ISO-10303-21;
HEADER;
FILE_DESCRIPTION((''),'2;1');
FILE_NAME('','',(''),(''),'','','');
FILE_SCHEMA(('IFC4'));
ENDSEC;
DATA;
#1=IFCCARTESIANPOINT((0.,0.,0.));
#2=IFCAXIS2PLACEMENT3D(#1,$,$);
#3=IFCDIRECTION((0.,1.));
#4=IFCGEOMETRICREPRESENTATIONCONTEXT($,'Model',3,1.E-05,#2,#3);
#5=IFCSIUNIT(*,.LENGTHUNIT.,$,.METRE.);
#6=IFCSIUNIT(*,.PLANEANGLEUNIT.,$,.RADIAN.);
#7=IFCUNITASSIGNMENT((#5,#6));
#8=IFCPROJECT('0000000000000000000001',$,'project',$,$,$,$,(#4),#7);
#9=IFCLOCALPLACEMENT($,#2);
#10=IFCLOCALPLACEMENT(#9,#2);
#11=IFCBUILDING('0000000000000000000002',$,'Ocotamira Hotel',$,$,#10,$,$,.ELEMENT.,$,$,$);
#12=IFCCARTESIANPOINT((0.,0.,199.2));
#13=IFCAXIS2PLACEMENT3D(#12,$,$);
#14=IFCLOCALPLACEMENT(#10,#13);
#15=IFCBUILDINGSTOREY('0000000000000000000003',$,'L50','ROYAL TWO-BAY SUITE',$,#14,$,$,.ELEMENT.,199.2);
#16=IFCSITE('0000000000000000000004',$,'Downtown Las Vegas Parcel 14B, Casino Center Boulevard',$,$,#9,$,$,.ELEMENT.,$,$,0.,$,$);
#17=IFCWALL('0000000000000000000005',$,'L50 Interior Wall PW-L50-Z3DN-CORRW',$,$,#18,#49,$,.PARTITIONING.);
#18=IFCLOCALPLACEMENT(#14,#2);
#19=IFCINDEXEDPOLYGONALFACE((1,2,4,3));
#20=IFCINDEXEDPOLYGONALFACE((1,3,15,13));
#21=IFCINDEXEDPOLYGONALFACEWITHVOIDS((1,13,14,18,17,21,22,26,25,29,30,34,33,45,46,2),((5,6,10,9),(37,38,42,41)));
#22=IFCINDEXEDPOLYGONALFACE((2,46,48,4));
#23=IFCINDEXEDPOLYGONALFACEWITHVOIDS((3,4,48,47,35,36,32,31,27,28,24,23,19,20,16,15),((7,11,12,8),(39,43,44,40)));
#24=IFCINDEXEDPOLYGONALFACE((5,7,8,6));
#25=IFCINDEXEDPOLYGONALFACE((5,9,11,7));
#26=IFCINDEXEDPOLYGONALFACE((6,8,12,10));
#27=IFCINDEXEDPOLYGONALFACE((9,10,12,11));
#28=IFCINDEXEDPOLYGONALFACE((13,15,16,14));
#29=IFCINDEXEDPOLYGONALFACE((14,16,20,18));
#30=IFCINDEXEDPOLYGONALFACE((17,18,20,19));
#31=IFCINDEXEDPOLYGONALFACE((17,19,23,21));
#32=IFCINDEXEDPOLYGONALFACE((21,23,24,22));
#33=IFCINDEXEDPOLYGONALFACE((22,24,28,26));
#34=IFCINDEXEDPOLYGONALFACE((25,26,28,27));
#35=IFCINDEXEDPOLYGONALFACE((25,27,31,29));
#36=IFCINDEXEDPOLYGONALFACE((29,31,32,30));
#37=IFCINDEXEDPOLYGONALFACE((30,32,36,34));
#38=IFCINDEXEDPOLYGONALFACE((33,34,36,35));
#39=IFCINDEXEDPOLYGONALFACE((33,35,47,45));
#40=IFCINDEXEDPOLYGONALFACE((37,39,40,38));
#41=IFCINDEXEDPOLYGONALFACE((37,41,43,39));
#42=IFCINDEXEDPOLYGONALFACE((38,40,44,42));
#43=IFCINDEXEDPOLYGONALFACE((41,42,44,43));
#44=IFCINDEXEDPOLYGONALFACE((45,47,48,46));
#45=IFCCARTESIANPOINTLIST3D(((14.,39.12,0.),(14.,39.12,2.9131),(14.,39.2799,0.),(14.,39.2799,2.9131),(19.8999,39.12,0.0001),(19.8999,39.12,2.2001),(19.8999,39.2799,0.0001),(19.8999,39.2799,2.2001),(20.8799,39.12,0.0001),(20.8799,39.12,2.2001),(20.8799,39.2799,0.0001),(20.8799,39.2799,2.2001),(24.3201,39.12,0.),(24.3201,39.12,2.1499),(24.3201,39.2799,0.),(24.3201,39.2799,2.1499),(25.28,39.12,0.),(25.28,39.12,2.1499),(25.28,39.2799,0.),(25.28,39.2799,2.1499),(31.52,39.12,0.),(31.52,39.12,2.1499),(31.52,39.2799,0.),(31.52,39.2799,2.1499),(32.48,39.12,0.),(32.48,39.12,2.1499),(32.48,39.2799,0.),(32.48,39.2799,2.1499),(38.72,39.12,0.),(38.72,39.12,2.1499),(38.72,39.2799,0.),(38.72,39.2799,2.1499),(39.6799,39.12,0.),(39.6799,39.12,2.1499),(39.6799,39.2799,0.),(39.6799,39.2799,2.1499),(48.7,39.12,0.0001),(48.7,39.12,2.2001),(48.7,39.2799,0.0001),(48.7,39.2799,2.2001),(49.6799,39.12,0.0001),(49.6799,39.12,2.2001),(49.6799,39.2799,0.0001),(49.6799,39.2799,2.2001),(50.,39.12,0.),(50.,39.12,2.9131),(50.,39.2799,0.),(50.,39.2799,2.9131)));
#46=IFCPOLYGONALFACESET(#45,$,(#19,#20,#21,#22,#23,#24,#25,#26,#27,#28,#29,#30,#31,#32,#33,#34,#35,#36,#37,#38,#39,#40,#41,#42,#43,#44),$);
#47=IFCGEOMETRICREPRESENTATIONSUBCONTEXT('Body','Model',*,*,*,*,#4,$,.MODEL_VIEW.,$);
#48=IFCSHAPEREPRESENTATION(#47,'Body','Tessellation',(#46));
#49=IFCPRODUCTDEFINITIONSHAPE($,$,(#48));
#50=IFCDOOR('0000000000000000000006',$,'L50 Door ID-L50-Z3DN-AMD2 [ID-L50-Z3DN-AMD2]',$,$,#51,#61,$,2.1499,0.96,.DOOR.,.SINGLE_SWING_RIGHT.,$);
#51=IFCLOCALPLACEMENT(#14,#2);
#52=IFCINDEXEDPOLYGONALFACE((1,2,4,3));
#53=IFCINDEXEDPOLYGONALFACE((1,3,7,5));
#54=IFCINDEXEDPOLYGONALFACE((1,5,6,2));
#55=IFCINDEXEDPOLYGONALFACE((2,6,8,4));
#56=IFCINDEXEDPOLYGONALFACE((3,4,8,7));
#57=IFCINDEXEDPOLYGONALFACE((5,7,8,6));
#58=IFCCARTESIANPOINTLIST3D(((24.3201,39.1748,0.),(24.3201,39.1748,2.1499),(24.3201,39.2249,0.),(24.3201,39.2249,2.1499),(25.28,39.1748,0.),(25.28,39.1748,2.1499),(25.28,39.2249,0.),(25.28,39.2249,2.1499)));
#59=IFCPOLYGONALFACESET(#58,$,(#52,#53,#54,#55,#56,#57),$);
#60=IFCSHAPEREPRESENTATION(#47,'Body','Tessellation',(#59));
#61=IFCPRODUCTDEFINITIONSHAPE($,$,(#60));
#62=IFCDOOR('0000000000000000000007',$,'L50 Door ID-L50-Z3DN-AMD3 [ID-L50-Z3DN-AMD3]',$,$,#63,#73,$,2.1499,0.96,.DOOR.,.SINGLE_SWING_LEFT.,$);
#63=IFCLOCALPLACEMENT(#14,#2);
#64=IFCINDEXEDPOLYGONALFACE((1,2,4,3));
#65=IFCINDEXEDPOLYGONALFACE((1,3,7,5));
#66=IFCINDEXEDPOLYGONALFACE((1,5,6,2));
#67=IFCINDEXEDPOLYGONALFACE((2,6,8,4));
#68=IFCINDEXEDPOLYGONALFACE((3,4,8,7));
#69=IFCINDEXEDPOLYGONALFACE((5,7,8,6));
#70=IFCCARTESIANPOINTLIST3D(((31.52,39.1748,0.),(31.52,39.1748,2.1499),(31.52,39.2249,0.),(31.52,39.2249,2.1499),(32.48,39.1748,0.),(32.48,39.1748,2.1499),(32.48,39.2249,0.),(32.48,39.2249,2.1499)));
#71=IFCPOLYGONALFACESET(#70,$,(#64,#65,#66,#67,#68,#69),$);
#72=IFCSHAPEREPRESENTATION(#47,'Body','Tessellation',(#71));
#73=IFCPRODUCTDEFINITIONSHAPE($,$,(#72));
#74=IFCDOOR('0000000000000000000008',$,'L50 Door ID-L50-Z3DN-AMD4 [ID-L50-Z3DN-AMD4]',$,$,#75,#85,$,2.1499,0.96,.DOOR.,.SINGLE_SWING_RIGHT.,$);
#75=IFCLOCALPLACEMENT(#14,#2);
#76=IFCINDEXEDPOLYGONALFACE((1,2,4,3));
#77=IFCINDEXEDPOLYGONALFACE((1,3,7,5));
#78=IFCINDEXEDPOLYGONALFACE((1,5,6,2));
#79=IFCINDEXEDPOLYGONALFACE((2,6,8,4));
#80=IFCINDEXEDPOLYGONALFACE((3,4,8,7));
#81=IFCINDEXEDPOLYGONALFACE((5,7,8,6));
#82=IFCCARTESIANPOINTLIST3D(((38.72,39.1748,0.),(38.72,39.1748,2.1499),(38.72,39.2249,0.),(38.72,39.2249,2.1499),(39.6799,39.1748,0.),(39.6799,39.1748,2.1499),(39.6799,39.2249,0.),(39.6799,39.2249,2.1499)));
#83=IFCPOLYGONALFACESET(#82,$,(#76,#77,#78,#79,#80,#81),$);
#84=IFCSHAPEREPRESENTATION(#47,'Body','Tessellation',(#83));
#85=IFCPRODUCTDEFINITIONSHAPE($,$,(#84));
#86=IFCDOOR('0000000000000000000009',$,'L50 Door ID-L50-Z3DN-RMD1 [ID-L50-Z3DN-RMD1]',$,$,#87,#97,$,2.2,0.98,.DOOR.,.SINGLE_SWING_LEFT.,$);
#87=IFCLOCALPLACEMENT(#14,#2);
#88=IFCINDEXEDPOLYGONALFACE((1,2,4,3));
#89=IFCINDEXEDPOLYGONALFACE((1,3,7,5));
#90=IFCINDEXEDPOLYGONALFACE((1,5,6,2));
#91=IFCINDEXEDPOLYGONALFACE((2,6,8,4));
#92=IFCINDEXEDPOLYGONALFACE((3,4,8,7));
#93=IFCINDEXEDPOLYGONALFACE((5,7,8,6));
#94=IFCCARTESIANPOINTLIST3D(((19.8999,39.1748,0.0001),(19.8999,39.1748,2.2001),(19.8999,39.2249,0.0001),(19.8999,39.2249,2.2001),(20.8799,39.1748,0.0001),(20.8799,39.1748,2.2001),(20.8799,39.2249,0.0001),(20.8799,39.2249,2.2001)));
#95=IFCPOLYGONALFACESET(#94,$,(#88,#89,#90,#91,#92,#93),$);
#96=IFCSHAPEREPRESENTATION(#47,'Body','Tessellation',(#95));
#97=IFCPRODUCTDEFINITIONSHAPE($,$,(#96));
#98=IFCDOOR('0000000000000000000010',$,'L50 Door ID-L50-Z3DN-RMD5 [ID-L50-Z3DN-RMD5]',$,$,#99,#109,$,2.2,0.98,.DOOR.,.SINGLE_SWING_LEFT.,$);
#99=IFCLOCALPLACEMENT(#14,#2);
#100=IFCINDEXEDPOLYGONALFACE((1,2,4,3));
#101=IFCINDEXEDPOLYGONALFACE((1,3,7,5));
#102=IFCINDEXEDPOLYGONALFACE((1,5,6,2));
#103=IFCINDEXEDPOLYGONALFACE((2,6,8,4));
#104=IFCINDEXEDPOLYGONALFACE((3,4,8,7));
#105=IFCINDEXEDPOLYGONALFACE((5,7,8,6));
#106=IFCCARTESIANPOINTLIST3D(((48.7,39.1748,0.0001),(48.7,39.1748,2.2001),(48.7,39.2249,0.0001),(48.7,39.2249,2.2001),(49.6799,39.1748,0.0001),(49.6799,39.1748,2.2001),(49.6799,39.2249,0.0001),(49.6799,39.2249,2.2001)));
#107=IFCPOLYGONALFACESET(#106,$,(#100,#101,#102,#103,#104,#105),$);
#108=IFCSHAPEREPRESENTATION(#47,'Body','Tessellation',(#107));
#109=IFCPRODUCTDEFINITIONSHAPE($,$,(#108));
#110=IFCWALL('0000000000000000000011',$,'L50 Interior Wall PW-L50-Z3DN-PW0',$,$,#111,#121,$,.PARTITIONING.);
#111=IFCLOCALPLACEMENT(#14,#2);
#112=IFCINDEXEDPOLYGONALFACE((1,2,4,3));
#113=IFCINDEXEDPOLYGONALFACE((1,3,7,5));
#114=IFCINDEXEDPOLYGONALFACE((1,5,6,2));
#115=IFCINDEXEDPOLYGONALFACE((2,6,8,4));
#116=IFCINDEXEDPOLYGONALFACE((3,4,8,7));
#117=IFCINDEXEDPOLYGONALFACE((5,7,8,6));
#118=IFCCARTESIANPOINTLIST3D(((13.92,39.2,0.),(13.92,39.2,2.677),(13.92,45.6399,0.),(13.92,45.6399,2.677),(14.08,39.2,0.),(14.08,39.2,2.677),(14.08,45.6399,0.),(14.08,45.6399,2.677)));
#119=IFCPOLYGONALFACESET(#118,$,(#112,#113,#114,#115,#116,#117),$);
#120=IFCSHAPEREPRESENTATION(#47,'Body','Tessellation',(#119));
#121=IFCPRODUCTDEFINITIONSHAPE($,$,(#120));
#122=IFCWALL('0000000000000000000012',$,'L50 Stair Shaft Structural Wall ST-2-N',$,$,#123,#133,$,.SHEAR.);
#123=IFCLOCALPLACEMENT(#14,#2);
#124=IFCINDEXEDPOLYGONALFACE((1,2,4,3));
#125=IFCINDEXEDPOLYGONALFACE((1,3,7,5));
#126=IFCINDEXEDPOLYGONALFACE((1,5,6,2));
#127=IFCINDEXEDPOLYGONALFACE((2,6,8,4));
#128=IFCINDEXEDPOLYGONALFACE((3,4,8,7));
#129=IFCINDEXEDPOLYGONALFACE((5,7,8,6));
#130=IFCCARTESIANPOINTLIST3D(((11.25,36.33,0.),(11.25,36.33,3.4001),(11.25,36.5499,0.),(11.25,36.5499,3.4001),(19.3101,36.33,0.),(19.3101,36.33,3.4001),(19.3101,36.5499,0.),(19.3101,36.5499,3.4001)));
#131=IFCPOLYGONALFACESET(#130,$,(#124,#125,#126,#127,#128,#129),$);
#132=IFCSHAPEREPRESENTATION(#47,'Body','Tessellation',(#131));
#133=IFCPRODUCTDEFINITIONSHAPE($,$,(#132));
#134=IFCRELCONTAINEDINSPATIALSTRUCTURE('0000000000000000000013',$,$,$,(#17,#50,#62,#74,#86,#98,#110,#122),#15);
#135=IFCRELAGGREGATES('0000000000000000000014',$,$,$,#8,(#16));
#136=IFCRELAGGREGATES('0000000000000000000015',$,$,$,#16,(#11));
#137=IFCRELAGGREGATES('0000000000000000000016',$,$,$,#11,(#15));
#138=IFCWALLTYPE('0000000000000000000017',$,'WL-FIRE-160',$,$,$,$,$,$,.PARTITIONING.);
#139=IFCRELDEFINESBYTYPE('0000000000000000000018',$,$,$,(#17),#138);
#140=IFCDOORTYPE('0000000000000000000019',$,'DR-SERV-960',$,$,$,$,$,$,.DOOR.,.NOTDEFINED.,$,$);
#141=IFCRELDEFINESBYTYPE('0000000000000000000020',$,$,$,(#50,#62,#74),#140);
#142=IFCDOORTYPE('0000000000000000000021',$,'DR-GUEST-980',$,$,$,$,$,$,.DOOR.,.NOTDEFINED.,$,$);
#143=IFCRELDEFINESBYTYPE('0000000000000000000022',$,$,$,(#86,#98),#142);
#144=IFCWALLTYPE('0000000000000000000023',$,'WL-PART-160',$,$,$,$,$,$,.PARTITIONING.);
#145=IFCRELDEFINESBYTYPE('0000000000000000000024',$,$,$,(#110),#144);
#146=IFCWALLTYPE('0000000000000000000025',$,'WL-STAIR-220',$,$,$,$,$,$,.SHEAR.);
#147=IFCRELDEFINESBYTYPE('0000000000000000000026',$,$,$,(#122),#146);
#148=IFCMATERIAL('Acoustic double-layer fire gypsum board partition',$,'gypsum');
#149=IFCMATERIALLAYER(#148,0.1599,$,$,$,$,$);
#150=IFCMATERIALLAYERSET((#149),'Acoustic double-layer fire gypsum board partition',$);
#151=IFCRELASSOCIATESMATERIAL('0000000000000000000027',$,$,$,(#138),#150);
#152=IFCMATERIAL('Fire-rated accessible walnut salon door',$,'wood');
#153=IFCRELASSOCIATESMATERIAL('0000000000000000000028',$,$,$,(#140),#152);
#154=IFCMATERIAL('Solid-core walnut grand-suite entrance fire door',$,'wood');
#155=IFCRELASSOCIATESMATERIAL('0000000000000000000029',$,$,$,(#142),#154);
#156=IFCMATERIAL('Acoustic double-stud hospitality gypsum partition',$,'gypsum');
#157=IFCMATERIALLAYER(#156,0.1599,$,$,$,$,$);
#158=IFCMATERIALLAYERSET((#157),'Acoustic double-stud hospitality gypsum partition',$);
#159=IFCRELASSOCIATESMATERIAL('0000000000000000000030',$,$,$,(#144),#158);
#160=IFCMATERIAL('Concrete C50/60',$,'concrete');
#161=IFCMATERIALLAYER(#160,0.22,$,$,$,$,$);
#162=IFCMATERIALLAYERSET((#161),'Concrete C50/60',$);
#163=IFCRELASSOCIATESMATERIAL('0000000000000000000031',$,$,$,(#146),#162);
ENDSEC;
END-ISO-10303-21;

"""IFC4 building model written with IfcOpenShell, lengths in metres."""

from ifc_helpers import new_model, si_unit, direction, frame, frame_2d, origin, place, context, subcontext, project, spatial, rectangle, extrude, source, transform, mapped, material, layer, layer_set, type_object, element, fill, save


model = new_model("IFC4")

# Units and contexts
model_context = context("Model", 3, precision=1e-05, world=origin(), true_north=direction((0.0, 1.0)))
body_context = subcontext(model_context, "Body", "Model", "MODEL_VIEW")
ifc_project = project(units=[si_unit("LENGTHUNIT", "METRE"), si_unit("PLANEANGLEUNIT", "RADIAN")], contexts=[model_context])

# Site, building, storey
site_placement = place(None, origin())
site = spatial("IfcSite", under=ifc_project, at=site_placement, Name="Downtown Las Vegas Parcel 14B, Casino Center Boulevard", CompositionType="ELEMENT", RefElevation=0.0)
building_placement = place(site_placement, origin())
building = spatial("IfcBuilding", under=site, at=building_placement, Name="Ocotamira Hotel", CompositionType="ELEMENT")
storey_placement = place(building_placement, frame((0.0, 0.0, 199.2)))
storey = spatial("IfcBuildingStorey", under=building, at=storey_placement, Name="L50", Description="ROYAL TWO-BAY SUITE", CompositionType="ELEMENT", Elevation=199.2)

# Shared definitions
ifc_material_1 = material(Name="Concrete C50/60", Category="concrete")

# Shared definitions
ifc_material_2 = material(Name="Acoustic double-layer fire gypsum board partition", Category="gypsum")
ifc_layer_1 = layer(ifc_material_2, 0.1599)
ifc_layer_set_1 = layer_set([ifc_layer_1], Name="Acoustic double-layer fire gypsum board partition")
wall_type_1 = type_object("IfcWallType", Name="WL-FIRE-160", PredefinedType="PARTITIONING", material=ifc_layer_set_1)
ifc_material_3 = material(Name="Fire-rated accessible walnut salon door", Category="wood")
door_type_1 = type_object("IfcDoorType", Name="DR-SERV-960", OperationType="NOTDEFINED", PredefinedType="DOOR", material=ifc_material_3)
shared_shape_1 = source(origin(), body_context, "Body", "SweptSolid", [
    extrude(rectangle(XDim=0.96, YDim=2.1499, at=frame_2d((0.48, 1.075))), frame((0.0, 0.0249, 0.0), z_axis=(0.0, -1.0, 0.0), x_axis=(1.0, 0.0, 0.0)), (0.0, 0.0, 1.0), 0.05),
])

# Wall, openings, doors
wall_1_placement = place(storey_placement, frame((14.0, 39.2, 0.0), z_axis=(0.0, 0.0, 1.0), x_axis=(1.0, 0.0, 0.0)))
wall_1 = element("IfcWall", 1, at=wall_1_placement, inside=storey, type_object=wall_type_1, Name="L50 Interior Wall PW-L50-Z3DN-CORRW", PredefinedType="PARTITIONING", context=body_context, shape_type="SweptSolid", body=[
    extrude(rectangle(XDim=36.0, YDim=0.1599, at=frame_2d((18.0, 0.0))), origin(), (0.0, 0.0, 1.0), 2.9131),
])
opening_1_placement = place(wall_1_placement, frame((5.8999, 0.0, 0.0)))
opening_1 = element("IfcOpeningElement", 2, at=opening_1_placement, cuts=wall_1, PredefinedType="OPENING", context=body_context, shape_type="SweptSolid", body=[
    extrude(rectangle(XDim=0.98, YDim=2.2, at=frame_2d((0.49, 1.1001))), frame((0.0, 0.0898, 0.0), z_axis=(0.0, -1.0, 0.0), x_axis=(1.0, 0.0, 0.0)), (0.0, 0.0, 1.0), 0.1799),
])
opening_2_placement = place(wall_1_placement, frame((10.3201, 0.0, 0.0)))
opening_2 = element("IfcOpeningElement", 3, at=opening_2_placement, cuts=wall_1, PredefinedType="OPENING", context=body_context, shape_type="SweptSolid", body=[
    extrude(rectangle(XDim=0.96, YDim=2.1499, at=frame_2d((0.48, 1.075))), frame((0.0, 0.0898, 0.0), z_axis=(0.0, -1.0, 0.0), x_axis=(1.0, 0.0, 0.0)), (0.0, 0.0, 1.0), 0.1799),
])
opening_3_placement = place(wall_1_placement, frame((17.52, 0.0, 0.0)))
opening_3 = element("IfcOpeningElement", 4, at=opening_3_placement, cuts=wall_1, PredefinedType="OPENING", context=body_context, shape_type="SweptSolid", body=[
    extrude(rectangle(XDim=0.96, YDim=2.1499, at=frame_2d((0.48, 1.075))), frame((0.0, 0.0898, 0.0), z_axis=(0.0, -1.0, 0.0), x_axis=(1.0, 0.0, 0.0)), (0.0, 0.0, 1.0), 0.1799),
])
opening_4_placement = place(wall_1_placement, frame((24.72, 0.0, 0.0)))
opening_4 = element("IfcOpeningElement", 5, at=opening_4_placement, cuts=wall_1, PredefinedType="OPENING", context=body_context, shape_type="SweptSolid", body=[
    extrude(rectangle(XDim=0.96, YDim=2.1499, at=frame_2d((0.48, 1.075))), frame((0.0, 0.0898, 0.0), z_axis=(0.0, -1.0, 0.0), x_axis=(1.0, 0.0, 0.0)), (0.0, 0.0, 1.0), 0.1799),
])
opening_5_placement = place(wall_1_placement, frame((34.7, 0.0, 0.0)))
opening_5 = element("IfcOpeningElement", 6, at=opening_5_placement, cuts=wall_1, PredefinedType="OPENING", context=body_context, shape_type="SweptSolid", body=[
    extrude(rectangle(XDim=0.98, YDim=2.2, at=frame_2d((0.49, 1.1001))), frame((0.0, 0.0898, 0.0), z_axis=(0.0, -1.0, 0.0), x_axis=(1.0, 0.0, 0.0)), (0.0, 0.0, 1.0), 0.1799),
])
door_1_placement = place(opening_2_placement, origin())
door_1 = element("IfcDoor", 7, at=door_1_placement, inside=storey, type_object=door_type_1, Name="L50 Door ID-L50-Z3DN-AMD2 [ID-L50-Z3DN-AMD2]", OperationType="SINGLE_SWING_RIGHT", OverallHeight=2.1499, OverallWidth=0.96, PredefinedType="DOOR", context=body_context, shape_type="MappedRepresentation", body=[
    mapped(shared_shape_1, transform((0.0, 0.0, 0.0), scale=1.0)),
])
fill(opening_2, door_1)
door_2_placement = place(opening_3_placement, origin())
door_2 = element("IfcDoor", 8, at=door_2_placement, inside=storey, type_object=door_type_1, Name="L50 Door ID-L50-Z3DN-AMD3 [ID-L50-Z3DN-AMD3]", OperationType="SINGLE_SWING_LEFT", OverallHeight=2.1499, OverallWidth=0.96, PredefinedType="DOOR", context=body_context, shape_type="MappedRepresentation", body=[
    mapped(shared_shape_1, transform((0.0, 0.0, 0.0), scale=1.0)),
])
fill(opening_3, door_2)
door_3_placement = place(opening_4_placement, origin())
door_3 = element("IfcDoor", 9, at=door_3_placement, inside=storey, type_object=door_type_1, Name="L50 Door ID-L50-Z3DN-AMD4 [ID-L50-Z3DN-AMD4]", OperationType="SINGLE_SWING_RIGHT", OverallHeight=2.1499, OverallWidth=0.96, PredefinedType="DOOR", context=body_context, shape_type="MappedRepresentation", body=[
    mapped(shared_shape_1, transform((0.0, 0.0, 0.0), scale=1.0)),
])
fill(opening_4, door_3)
ifc_material_4 = material(Name="Solid-core walnut grand-suite entrance fire door", Category="wood")
door_type_2 = type_object("IfcDoorType", Name="DR-GUEST-980", OperationType="NOTDEFINED", PredefinedType="DOOR", material=ifc_material_4)
shared_shape_2 = source(origin(), body_context, "Body", "SweptSolid", [
    extrude(rectangle(XDim=0.98, YDim=2.2, at=frame_2d((0.49, 1.1001))), frame((0.0, 0.0249, 0.0), z_axis=(0.0, -1.0, 0.0), x_axis=(1.0, 0.0, 0.0)), (0.0, 0.0, 1.0), 0.05),
])
door_4_placement = place(opening_1_placement, origin())
door_4 = element("IfcDoor", 10, at=door_4_placement, inside=storey, type_object=door_type_2, Name="L50 Door ID-L50-Z3DN-RMD1 [ID-L50-Z3DN-RMD1]", OperationType="SINGLE_SWING_LEFT", OverallHeight=2.2, OverallWidth=0.98, PredefinedType="DOOR", context=body_context, shape_type="MappedRepresentation", body=[
    mapped(shared_shape_2, transform((0.0, 0.0, 0.0), scale=1.0)),
])
fill(opening_1, door_4)
door_5_placement = place(opening_5_placement, origin())
door_5 = element("IfcDoor", 11, at=door_5_placement, inside=storey, type_object=door_type_2, Name="L50 Door ID-L50-Z3DN-RMD5 [ID-L50-Z3DN-RMD5]", OperationType="SINGLE_SWING_LEFT", OverallHeight=2.2, OverallWidth=0.98, PredefinedType="DOOR", context=body_context, shape_type="MappedRepresentation", body=[
    mapped(shared_shape_2, transform((0.0, 0.0, 0.0), scale=1.0)),
])
fill(opening_5, door_5)

# Walls
ifc_material_5 = material(Name="Acoustic double-stud hospitality gypsum partition", Category="gypsum")
ifc_layer_2 = layer(ifc_material_5, 0.1599)
ifc_layer_set_2 = layer_set([ifc_layer_2], Name="Acoustic double-stud hospitality gypsum partition")
wall_type_2 = type_object("IfcWallType", Name="WL-PART-160", PredefinedType="PARTITIONING", material=ifc_layer_set_2)
wall_2_placement = place(storey_placement, frame((14.0, 39.2, 0.0), z_axis=(0.0, 0.0, 1.0), x_axis=(0.0, 1.0, 0.0)))
element("IfcWall", 12, at=wall_2_placement, inside=storey, type_object=wall_type_2, Name="L50 Interior Wall PW-L50-Z3DN-PW0", PredefinedType="PARTITIONING", context=body_context, shape_type="SweptSolid", body=[
    extrude(rectangle(XDim=6.4399, YDim=0.1599, at=frame_2d((3.22, 0.0))), origin(), (0.0, 0.0, 1.0), 2.677),
])
ifc_layer_3 = layer(ifc_material_1, 0.22)
ifc_layer_set_3 = layer_set([ifc_layer_3], Name="Concrete C50/60")
wall_type_3 = type_object("IfcWallType", Name="WL-STAIR-220", PredefinedType="SHEAR", material=ifc_layer_set_3)
wall_3_placement = place(storey_placement, frame((11.25, 36.4399, 0.0), z_axis=(0.0, 0.0, 1.0), x_axis=(1.0, 0.0, 0.0)))
element("IfcWall", 13, at=wall_3_placement, inside=storey, type_object=wall_type_3, Name="L50 Stair Shaft Structural Wall ST-2-N", PredefinedType="SHEAR", context=body_context, shape_type="SweptSolid", body=[
    extrude(rectangle(XDim=8.0601, YDim=0.22, at=frame_2d((4.03, 0.0))), origin(), (0.0, 0.0, 1.0), 3.4001),
])

save(model, "model.ifc")
